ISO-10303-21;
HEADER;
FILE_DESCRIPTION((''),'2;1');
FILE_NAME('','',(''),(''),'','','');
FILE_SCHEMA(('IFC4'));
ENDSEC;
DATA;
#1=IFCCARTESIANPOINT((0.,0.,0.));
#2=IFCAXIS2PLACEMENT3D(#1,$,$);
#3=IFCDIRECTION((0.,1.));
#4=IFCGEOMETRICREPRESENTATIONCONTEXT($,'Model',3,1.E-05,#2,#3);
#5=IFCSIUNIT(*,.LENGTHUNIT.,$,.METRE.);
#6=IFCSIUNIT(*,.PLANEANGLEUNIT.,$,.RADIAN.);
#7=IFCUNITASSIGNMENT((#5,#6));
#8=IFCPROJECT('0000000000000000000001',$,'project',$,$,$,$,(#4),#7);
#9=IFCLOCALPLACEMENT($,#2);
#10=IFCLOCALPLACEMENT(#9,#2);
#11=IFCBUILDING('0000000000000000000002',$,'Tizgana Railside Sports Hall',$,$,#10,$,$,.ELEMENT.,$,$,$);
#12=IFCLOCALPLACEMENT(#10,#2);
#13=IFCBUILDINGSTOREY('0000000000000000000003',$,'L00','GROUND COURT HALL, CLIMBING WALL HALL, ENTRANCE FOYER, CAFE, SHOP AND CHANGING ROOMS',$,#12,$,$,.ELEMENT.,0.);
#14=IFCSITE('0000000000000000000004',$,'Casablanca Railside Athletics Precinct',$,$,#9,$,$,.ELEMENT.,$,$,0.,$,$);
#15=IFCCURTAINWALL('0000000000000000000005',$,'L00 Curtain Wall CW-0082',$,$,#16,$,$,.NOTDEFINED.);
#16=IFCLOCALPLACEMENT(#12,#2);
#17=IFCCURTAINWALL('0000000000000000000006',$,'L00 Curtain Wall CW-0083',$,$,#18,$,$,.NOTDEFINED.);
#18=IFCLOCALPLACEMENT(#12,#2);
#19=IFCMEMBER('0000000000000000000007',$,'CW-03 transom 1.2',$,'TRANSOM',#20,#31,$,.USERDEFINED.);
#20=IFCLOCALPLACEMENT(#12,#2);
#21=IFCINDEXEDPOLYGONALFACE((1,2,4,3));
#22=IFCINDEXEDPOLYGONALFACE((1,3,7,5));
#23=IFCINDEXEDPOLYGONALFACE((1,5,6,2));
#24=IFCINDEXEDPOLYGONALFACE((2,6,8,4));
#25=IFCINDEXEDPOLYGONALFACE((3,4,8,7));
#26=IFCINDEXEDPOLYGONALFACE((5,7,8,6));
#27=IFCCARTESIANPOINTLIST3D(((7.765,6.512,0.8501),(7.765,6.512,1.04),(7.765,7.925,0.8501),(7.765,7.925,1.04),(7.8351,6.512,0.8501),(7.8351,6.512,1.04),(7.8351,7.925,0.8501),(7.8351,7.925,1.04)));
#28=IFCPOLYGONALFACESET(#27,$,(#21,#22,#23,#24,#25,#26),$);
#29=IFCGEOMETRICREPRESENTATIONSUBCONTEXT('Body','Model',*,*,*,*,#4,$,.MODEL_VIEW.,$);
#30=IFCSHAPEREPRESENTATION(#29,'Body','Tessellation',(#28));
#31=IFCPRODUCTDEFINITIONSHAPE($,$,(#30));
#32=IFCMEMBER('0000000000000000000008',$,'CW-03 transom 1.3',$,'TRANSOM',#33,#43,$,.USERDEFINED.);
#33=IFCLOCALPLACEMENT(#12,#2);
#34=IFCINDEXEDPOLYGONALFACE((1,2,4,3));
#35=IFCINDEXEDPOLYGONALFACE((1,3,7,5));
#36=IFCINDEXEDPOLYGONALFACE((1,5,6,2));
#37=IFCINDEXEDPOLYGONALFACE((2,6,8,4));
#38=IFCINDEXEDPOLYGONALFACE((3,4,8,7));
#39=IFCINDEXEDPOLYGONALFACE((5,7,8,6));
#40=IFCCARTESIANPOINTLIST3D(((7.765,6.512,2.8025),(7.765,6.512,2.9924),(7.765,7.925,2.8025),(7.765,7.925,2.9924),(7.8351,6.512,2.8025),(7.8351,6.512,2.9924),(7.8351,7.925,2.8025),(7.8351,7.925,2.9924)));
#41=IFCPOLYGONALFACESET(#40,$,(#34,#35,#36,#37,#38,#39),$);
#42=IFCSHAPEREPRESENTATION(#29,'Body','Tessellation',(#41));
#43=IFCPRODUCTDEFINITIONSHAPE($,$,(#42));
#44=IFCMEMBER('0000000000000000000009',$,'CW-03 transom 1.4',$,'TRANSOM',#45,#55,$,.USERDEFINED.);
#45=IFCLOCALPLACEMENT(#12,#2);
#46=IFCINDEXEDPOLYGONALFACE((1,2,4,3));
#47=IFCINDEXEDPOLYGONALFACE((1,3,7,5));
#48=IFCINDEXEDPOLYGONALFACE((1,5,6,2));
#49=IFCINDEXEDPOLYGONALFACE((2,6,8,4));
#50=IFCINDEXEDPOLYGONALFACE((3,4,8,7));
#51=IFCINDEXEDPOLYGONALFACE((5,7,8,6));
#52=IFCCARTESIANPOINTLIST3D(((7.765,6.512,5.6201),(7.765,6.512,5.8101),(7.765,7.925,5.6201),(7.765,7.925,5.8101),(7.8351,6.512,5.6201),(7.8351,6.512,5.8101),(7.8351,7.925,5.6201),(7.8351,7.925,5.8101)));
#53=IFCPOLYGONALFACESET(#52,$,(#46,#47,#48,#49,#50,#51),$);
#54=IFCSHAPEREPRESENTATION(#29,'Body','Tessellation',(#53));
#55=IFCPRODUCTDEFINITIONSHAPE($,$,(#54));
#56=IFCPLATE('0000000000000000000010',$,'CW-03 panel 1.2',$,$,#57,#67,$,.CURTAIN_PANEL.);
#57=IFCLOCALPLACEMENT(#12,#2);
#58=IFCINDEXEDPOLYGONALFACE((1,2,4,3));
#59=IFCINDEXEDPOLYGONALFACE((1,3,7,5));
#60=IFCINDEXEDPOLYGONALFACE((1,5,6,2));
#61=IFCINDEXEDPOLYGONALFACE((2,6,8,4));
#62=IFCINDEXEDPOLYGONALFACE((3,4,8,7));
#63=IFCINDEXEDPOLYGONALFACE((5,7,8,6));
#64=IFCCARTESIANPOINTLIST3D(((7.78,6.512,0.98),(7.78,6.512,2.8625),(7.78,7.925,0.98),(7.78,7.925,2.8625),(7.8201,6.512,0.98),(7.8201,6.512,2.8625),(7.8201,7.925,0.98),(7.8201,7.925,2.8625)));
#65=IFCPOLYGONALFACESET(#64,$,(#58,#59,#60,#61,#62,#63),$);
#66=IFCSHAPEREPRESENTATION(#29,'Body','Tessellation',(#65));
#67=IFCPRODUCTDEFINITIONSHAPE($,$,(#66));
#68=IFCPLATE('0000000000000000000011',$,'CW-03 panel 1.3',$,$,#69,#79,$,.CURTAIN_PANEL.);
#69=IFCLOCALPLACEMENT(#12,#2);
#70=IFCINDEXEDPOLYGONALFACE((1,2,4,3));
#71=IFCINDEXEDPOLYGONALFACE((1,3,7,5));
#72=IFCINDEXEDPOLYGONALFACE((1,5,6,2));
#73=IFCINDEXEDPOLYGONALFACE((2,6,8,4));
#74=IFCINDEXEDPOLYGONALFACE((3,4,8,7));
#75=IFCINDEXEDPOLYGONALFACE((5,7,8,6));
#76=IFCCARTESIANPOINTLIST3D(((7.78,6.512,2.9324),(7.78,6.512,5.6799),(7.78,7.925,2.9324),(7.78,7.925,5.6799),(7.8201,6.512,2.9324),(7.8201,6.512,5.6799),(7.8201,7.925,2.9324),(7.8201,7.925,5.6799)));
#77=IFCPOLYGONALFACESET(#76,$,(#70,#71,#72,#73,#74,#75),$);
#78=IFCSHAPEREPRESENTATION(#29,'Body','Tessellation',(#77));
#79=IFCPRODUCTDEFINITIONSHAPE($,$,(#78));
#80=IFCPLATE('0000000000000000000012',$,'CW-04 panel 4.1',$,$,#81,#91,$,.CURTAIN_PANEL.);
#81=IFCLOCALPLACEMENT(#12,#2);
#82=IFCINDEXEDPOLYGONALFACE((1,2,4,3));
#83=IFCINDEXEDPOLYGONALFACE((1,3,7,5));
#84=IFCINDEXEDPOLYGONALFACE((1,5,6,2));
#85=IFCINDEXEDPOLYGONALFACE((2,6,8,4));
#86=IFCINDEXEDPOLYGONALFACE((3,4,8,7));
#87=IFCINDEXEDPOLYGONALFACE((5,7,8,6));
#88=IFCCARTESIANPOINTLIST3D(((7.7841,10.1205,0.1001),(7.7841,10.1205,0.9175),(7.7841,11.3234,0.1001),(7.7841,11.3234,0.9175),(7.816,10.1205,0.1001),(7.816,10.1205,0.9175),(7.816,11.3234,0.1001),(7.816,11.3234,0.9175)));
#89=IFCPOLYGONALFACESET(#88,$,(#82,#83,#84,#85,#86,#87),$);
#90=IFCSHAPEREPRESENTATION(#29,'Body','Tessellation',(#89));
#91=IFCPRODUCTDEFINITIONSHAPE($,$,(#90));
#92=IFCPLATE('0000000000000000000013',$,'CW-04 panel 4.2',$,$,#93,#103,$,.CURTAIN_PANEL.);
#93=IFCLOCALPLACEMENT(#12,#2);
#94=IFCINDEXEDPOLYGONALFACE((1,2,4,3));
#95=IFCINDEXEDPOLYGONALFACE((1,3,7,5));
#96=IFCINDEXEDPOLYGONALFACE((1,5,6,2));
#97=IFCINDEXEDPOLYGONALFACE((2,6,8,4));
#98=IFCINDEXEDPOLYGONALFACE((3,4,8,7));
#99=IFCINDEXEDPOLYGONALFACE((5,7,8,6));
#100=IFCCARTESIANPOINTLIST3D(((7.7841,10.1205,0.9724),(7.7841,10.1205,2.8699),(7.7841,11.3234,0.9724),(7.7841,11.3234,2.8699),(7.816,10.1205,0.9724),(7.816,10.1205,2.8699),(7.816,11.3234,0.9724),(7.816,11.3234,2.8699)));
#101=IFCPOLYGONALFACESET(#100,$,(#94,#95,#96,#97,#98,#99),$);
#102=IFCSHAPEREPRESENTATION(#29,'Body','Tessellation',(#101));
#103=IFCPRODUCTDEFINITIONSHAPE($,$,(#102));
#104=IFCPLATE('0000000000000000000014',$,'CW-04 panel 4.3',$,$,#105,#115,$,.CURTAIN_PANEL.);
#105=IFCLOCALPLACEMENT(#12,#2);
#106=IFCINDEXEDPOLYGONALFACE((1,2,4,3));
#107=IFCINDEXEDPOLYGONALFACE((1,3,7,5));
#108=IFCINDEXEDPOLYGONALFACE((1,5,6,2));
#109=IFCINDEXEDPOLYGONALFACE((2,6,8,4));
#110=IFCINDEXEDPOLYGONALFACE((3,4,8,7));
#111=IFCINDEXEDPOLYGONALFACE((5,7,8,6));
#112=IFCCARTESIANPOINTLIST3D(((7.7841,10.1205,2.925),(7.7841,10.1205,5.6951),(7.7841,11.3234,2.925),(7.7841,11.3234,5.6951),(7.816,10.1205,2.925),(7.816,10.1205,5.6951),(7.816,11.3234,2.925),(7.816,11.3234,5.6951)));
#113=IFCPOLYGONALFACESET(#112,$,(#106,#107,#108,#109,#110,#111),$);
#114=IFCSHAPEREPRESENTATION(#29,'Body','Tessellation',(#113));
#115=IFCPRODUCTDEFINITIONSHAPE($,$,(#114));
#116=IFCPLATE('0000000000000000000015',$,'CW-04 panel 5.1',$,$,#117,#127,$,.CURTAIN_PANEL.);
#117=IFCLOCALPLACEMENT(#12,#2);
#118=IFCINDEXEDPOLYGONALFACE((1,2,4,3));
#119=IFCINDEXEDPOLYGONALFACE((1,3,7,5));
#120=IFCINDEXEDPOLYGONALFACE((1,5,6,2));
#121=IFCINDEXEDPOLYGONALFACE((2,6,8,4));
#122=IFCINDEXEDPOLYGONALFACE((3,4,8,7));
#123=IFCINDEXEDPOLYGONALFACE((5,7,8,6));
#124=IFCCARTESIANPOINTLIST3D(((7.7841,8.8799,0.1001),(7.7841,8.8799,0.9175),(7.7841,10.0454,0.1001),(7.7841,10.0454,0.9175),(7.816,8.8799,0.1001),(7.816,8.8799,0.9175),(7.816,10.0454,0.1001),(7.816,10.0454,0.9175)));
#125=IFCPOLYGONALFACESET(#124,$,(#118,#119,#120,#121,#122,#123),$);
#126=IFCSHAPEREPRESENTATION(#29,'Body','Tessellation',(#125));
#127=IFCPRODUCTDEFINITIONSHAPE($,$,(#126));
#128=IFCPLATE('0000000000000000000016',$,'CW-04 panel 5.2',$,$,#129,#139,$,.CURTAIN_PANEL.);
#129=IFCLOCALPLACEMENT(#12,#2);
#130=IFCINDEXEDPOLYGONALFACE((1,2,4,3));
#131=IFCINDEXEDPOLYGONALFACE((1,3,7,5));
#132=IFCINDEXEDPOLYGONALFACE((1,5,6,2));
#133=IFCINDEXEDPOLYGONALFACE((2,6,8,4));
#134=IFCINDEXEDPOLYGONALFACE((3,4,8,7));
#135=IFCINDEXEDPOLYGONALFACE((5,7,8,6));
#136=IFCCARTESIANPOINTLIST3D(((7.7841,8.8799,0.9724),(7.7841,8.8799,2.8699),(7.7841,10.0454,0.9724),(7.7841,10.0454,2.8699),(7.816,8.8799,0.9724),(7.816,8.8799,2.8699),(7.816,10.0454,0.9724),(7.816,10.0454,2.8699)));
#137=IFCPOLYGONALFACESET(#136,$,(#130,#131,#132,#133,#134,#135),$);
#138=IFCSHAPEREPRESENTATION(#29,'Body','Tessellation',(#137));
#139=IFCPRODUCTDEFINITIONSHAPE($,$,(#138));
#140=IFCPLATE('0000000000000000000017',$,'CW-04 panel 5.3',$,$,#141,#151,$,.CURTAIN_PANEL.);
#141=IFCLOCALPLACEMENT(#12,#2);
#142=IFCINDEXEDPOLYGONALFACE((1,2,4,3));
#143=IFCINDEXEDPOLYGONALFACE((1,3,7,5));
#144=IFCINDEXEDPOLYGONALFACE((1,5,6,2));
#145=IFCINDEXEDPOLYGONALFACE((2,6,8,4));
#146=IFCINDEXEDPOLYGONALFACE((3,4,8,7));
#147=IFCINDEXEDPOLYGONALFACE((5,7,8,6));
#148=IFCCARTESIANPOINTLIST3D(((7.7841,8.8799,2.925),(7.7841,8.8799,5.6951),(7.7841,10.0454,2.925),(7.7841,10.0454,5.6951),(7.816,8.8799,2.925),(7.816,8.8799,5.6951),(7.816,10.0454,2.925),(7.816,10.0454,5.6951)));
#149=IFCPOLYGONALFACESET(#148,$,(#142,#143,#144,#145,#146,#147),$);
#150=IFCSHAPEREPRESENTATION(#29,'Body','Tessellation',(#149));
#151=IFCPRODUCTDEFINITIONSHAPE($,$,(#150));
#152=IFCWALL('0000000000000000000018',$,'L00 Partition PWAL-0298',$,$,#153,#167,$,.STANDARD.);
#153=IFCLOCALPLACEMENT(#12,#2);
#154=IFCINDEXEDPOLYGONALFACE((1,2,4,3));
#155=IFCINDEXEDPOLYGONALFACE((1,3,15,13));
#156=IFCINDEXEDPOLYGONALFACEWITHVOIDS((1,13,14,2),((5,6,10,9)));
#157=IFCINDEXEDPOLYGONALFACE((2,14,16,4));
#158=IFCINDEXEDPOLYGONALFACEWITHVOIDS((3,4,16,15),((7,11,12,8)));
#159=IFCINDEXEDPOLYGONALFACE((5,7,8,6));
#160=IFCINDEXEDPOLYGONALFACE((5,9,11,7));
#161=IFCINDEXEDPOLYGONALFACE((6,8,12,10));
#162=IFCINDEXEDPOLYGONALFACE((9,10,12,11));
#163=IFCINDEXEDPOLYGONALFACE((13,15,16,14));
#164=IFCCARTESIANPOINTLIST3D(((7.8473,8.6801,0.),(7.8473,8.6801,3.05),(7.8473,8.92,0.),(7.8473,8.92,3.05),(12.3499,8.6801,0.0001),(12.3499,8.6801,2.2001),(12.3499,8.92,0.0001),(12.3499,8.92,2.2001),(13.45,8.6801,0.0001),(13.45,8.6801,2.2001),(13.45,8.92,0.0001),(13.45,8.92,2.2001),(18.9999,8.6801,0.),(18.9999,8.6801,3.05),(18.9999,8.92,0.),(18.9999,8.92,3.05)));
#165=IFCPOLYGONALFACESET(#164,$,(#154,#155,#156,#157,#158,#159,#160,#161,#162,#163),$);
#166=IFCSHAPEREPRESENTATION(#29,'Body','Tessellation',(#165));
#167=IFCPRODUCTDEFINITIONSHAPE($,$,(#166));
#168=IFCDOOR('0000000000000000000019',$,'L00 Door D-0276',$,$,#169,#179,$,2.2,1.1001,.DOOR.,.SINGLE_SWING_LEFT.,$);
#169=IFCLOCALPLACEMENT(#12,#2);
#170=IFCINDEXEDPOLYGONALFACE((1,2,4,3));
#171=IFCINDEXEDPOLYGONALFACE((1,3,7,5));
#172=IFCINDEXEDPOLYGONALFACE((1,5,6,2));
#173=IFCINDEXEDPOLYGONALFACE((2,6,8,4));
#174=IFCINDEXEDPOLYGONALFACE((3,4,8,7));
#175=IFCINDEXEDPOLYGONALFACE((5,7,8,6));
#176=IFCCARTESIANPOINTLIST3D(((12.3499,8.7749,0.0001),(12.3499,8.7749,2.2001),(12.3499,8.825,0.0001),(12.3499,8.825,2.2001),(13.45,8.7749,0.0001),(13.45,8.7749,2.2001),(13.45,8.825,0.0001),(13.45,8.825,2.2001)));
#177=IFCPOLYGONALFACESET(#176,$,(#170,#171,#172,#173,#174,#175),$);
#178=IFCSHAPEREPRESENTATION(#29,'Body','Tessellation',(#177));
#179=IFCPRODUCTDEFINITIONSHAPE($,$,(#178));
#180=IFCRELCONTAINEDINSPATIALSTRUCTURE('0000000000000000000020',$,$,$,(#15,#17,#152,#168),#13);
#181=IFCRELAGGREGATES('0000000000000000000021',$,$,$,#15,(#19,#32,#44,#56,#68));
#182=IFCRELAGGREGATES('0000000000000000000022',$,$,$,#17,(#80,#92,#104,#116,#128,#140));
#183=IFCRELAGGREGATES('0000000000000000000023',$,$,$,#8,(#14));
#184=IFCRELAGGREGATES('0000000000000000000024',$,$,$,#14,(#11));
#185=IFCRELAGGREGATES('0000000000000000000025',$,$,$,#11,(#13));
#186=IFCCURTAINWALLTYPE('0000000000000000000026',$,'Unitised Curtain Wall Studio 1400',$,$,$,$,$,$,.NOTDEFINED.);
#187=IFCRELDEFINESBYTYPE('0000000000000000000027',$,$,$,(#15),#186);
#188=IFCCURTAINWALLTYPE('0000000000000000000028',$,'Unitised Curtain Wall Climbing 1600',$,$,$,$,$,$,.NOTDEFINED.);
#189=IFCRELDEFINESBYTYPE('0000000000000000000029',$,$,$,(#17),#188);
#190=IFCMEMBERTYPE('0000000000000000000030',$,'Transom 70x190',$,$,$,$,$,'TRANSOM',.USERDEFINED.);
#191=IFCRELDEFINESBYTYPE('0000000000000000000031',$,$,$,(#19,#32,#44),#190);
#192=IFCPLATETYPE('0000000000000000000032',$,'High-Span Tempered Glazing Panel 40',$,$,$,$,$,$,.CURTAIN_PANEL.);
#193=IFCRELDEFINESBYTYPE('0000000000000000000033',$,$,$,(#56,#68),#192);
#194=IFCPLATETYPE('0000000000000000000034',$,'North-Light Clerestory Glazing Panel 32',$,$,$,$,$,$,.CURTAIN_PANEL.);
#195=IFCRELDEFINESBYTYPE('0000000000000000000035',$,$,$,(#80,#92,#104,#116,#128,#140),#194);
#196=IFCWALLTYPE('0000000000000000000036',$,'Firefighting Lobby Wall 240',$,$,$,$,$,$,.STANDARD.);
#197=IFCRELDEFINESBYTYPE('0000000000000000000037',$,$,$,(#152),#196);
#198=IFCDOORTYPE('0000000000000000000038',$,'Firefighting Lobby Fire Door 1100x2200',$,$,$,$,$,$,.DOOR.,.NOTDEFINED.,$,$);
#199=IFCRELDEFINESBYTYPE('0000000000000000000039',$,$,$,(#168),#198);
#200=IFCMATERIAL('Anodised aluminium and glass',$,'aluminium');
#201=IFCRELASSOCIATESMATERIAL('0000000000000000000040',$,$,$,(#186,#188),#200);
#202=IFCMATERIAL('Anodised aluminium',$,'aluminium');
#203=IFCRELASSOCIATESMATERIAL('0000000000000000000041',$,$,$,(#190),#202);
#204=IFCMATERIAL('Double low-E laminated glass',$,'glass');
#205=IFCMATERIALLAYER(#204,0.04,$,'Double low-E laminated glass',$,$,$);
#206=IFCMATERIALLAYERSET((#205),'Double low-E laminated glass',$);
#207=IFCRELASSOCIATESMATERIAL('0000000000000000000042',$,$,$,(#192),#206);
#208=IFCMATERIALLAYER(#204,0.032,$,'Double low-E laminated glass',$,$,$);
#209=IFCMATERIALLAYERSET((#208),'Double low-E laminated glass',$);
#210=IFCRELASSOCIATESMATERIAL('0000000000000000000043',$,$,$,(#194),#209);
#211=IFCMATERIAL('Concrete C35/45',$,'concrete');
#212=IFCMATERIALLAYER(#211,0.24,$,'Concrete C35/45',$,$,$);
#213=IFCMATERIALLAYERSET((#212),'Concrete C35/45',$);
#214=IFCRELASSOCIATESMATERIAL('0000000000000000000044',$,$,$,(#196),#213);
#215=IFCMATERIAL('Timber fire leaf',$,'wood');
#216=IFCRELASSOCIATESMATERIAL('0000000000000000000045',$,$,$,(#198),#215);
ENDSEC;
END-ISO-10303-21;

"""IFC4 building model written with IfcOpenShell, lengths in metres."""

from ifc_helpers import new_model, si_unit, direction, frame, frame_2d, origin, origin_2d, place, context, subcontext, project, spatial, rectangle, extrude, material, layer, layer_set, material_profile, profile_set, type_object, element, fill, aggregate, save


model = new_model("IFC4")

# Units and contexts
model_context = context("Model", 3, precision=1e-05, world=origin(), true_north=direction((0.0, 1.0)))
body_context = subcontext(model_context, "Body", "Model", "MODEL_VIEW")
ifc_project = project(units=[si_unit("LENGTHUNIT", "METRE"), si_unit("PLANEANGLEUNIT", "RADIAN")], contexts=[model_context])

# Site, building, storey
site_placement = place(None, origin())
site = spatial("IfcSite", under=ifc_project, at=site_placement, Name="Casablanca Railside Athletics Precinct", CompositionType="ELEMENT", RefElevation=0.0)
building_placement = place(site_placement, origin())
building = spatial("IfcBuilding", under=site, at=building_placement, Name="Tizgana Railside Sports Hall", CompositionType="ELEMENT")
storey_placement = place(building_placement, origin())
storey = spatial("IfcBuildingStorey", under=building, at=storey_placement, Name="L00", Description="GROUND COURT HALL, CLIMBING WALL HALL, ENTRANCE FOYER, CAFE, SHOP AND CHANGING ROOMS", CompositionType="ELEMENT", Elevation=0.0)

# Shared definitions
ifc_material_1 = material(Name="Concrete C35/45", Category="concrete")

# Curtain wall
ifc_material_2 = material(Name="Anodised aluminium and glass", Category="aluminium")
curtain_wall_type_1 = type_object("IfcCurtainWallType", Name="Unitised Curtain Wall Studio 1400", PredefinedType="NOTDEFINED", material=ifc_material_2)
curtain_wall_1_placement = place(storey_placement, origin())
curtain_wall_1 = element("IfcCurtainWall", 1, at=curtain_wall_1_placement, inside=storey, type_object=curtain_wall_type_1, Name="L00 Curtain Wall CW-0082", PredefinedType="NOTDEFINED")
ifc_material_3 = material(Name="Anodised aluminium", Category="aluminium")

# Curtain wall
curtain_wall_type_2 = type_object("IfcCurtainWallType", Name="Unitised Curtain Wall Climbing 1600", PredefinedType="NOTDEFINED", material=ifc_material_2)
curtain_wall_2_placement = place(storey_placement, origin())
curtain_wall_2 = element("IfcCurtainWall", 2, at=curtain_wall_2_placement, inside=storey, type_object=curtain_wall_type_2, Name="L00 Curtain Wall CW-0083", PredefinedType="NOTDEFINED")

# Members
ifc_material_profile_1 = material_profile(ifc_material_3, rectangle(XDim=0.0701, YDim=0.1899, at=origin_2d()), Name="Transom 70x190")
ifc_profile_set_1 = profile_set([ifc_material_profile_1], Name="Anodised aluminium")
member_type_1 = type_object("IfcMemberType", Name="Transom 70x190", ElementType="TRANSOM", PredefinedType="USERDEFINED", material=ifc_profile_set_1)
member_1_placement = place(storey_placement, frame((7.8, 7.925, 0.9451), z_axis=(0.0, -1.0, 0.0), x_axis=(1.0, 0.0, 0.0)))
member_1 = element("IfcMember", 3, at=member_1_placement, type_object=member_type_1, Name="CW-03 transom 1.2", ObjectType="TRANSOM", PredefinedType="USERDEFINED", context=body_context, shape_type="SweptSolid", body=[
    extrude(rectangle(XDim=0.0701, YDim=0.1899, at=origin_2d()), origin(), (0.0, 0.0, 1.0), 1.4131),
])
member_2_placement = place(storey_placement, frame((7.8, 7.925, 2.8975), z_axis=(0.0, -1.0, 0.0), x_axis=(1.0, 0.0, 0.0)))
member_2 = element("IfcMember", 4, at=member_2_placement, type_object=member_type_1, Name="CW-03 transom 1.3", ObjectType="TRANSOM", PredefinedType="USERDEFINED", context=body_context, shape_type="SweptSolid", body=[
    extrude(rectangle(XDim=0.0701, YDim=0.1899, at=origin_2d()), origin(), (0.0, 0.0, 1.0), 1.4131),
])
member_3_placement = place(storey_placement, frame((7.8, 7.925, 5.7151), z_axis=(0.0, -1.0, 0.0), x_axis=(1.0, 0.0, 0.0)))
member_3 = element("IfcMember", 5, at=member_3_placement, type_object=member_type_1, Name="CW-03 transom 1.4", ObjectType="TRANSOM", PredefinedType="USERDEFINED", context=body_context, shape_type="SweptSolid", body=[
    extrude(rectangle(XDim=0.0701, YDim=0.1899, at=origin_2d()), origin(), (0.0, 0.0, 1.0), 1.4131),
])

# Plates
ifc_material_4 = material(Name="Double low-E laminated glass", Category="glass")
ifc_layer_1 = layer(ifc_material_4, 0.04, Name="Double low-E laminated glass")
ifc_layer_set_1 = layer_set([ifc_layer_1], Name="Double low-E laminated glass")
plate_type_1 = type_object("IfcPlateType", Name="High-Span Tempered Glazing Panel 40", PredefinedType="CURTAIN_PANEL", material=ifc_layer_set_1)
plate_1_placement = place(storey_placement, frame((7.8, 7.2185, 0.98), z_axis=(0.0, 0.0, 1.0), x_axis=(0.0, -1.0, 0.0)))
plate_1 = element("IfcPlate", 6, at=plate_1_placement, type_object=plate_type_1, Name="CW-03 panel 1.2", PredefinedType="CURTAIN_PANEL", context=body_context, shape_type="SweptSolid", body=[
    extrude(rectangle(XDim=1.4131, YDim=0.04, at=origin_2d()), origin(), (0.0, 0.0, 1.0), 1.8826),
])
plate_2_placement = place(storey_placement, frame((7.8, 7.2185, 2.9324), z_axis=(0.0, 0.0, 1.0), x_axis=(0.0, -1.0, 0.0)))
plate_2 = element("IfcPlate", 7, at=plate_2_placement, type_object=plate_type_1, Name="CW-03 panel 1.3", PredefinedType="CURTAIN_PANEL", context=body_context, shape_type="SweptSolid", body=[
    extrude(rectangle(XDim=1.4131, YDim=0.04, at=origin_2d()), origin(), (0.0, 0.0, 1.0), 2.7476),
])
aggregate(curtain_wall_1, [member_1, member_2, member_3, plate_1, plate_2])
ifc_layer_2 = layer(ifc_material_4, 0.032, Name="Double low-E laminated glass")
ifc_layer_set_2 = layer_set([ifc_layer_2], Name="Double low-E laminated glass")
plate_type_2 = type_object("IfcPlateType", Name="North-Light Clerestory Glazing Panel 32", PredefinedType="CURTAIN_PANEL", material=ifc_layer_set_2)
plate_3_placement = place(storey_placement, frame((7.8, 10.7219, 0.1001), z_axis=(0.0, 0.0, 1.0), x_axis=(0.0, -1.0, 0.0)))
plate_3 = element("IfcPlate", 8, at=plate_3_placement, type_object=plate_type_2, Name="CW-04 panel 4.1", PredefinedType="CURTAIN_PANEL", context=body_context, shape_type="SweptSolid", body=[
    extrude(rectangle(XDim=1.2029, YDim=0.032, at=origin_2d()), origin(), (0.0, 0.0, 1.0), 0.8174),
])
plate_4_placement = place(storey_placement, frame((7.8, 10.7219, 0.9724), z_axis=(0.0, 0.0, 1.0), x_axis=(0.0, -1.0, 0.0)))
plate_4 = element("IfcPlate", 9, at=plate_4_placement, type_object=plate_type_2, Name="CW-04 panel 4.2", PredefinedType="CURTAIN_PANEL", context=body_context, shape_type="SweptSolid", body=[
    extrude(rectangle(XDim=1.2029, YDim=0.032, at=origin_2d()), origin(), (0.0, 0.0, 1.0), 1.8975),
])
plate_5_placement = place(storey_placement, frame((7.8, 10.7219, 2.925), z_axis=(0.0, 0.0, 1.0), x_axis=(0.0, -1.0, 0.0)))
plate_5 = element("IfcPlate", 10, at=plate_5_placement, type_object=plate_type_2, Name="CW-04 panel 4.3", PredefinedType="CURTAIN_PANEL", context=body_context, shape_type="SweptSolid", body=[
    extrude(rectangle(XDim=1.2029, YDim=0.032, at=origin_2d()), origin(), (0.0, 0.0, 1.0), 2.77),
])
plate_6_placement = place(storey_placement, frame((7.8, 9.4626, 0.1001), z_axis=(0.0, 0.0, 1.0), x_axis=(0.0, -1.0, 0.0)))
plate_6 = element("IfcPlate", 11, at=plate_6_placement, type_object=plate_type_2, Name="CW-04 panel 5.1", PredefinedType="CURTAIN_PANEL", context=body_context, shape_type="SweptSolid", body=[
    extrude(rectangle(XDim=1.1655, YDim=0.032, at=origin_2d()), origin(), (0.0, 0.0, 1.0), 0.8174),
])
plate_7_placement = place(storey_placement, frame((7.8, 9.4626, 0.9724), z_axis=(0.0, 0.0, 1.0), x_axis=(0.0, -1.0, 0.0)))
plate_7 = element("IfcPlate", 12, at=plate_7_placement, type_object=plate_type_2, Name="CW-04 panel 5.2", PredefinedType="CURTAIN_PANEL", context=body_context, shape_type="SweptSolid", body=[
    extrude(rectangle(XDim=1.1655, YDim=0.032, at=origin_2d()), origin(), (0.0, 0.0, 1.0), 1.8975),
])
plate_8_placement = place(storey_placement, frame((7.8, 9.4626, 2.925), z_axis=(0.0, 0.0, 1.0), x_axis=(0.0, -1.0, 0.0)))
plate_8 = element("IfcPlate", 13, at=plate_8_placement, type_object=plate_type_2, Name="CW-04 panel 5.3", PredefinedType="CURTAIN_PANEL", context=body_context, shape_type="SweptSolid", body=[
    extrude(rectangle(XDim=1.1655, YDim=0.032, at=origin_2d()), origin(), (0.0, 0.0, 1.0), 2.77),
])
aggregate(curtain_wall_2, [plate_3, plate_4, plate_5, plate_6, plate_7, plate_8])

# Wall, opening, door
ifc_layer_3 = layer(ifc_material_1, 0.24, Name="Concrete C35/45")
ifc_layer_set_3 = layer_set([ifc_layer_3], Name="Concrete C35/45")
wall_type = type_object("IfcWallType", Name="Firefighting Lobby Wall 240", PredefinedType="STANDARD", material=ifc_layer_set_3)
wall_placement = place(storey_placement, frame((7.8474, 8.8, 0.0), z_axis=(0.0, 0.0, 1.0), x_axis=(1.0, 0.0, 0.0)))
wall = element("IfcWall", 14, at=wall_placement, inside=storey, type_object=wall_type, Name="L00 Partition PWAL-0298", PredefinedType="STANDARD", context=body_context, shape_type="SweptSolid", body=[
    extrude(rectangle(XDim=11.1526, YDim=0.24, at=frame_2d((5.5762, 0.0))), origin(), (0.0, 0.0, 1.0), 3.05),
])
opening_placement = place(wall_placement, frame((4.5024, 0.0, 0.0)))
opening = element("IfcOpeningElement", 15, at=opening_placement, cuts=wall, PredefinedType="OPENING", context=body_context, shape_type="SweptSolid", body=[
    extrude(rectangle(XDim=1.1001, YDim=2.2, at=frame_2d((0.55, 1.1001))), frame((0.0, 0.1299, 0.0), z_axis=(0.0, -1.0, 0.0), x_axis=(1.0, 0.0, 0.0)), (0.0, 0.0, 1.0), 0.26),
])
ifc_material_5 = material(Name="Timber fire leaf", Category="wood")
door_type = type_object("IfcDoorType", Name="Firefighting Lobby Fire Door 1100x2200", OperationType="NOTDEFINED", PredefinedType="DOOR", material=ifc_material_5)
door_placement = place(opening_placement, origin())
door = element("IfcDoor", 16, at=door_placement, inside=storey, type_object=door_type, Name="L00 Door D-0276", OperationType="SINGLE_SWING_LEFT", OverallHeight=2.2, OverallWidth=1.1001, PredefinedType="DOOR", context=body_context, shape_type="SweptSolid", body=[
    extrude(rectangle(XDim=1.1001, YDim=2.2, at=frame_2d((0.55, 1.1001))), frame((0.0, 0.0249, 0.0), z_axis=(0.0, -1.0, 0.0), x_axis=(1.0, 0.0, 0.0)), (0.0, 0.0, 1.0), 0.05),
])
fill(opening, door)

save(model, "model.ifc")
